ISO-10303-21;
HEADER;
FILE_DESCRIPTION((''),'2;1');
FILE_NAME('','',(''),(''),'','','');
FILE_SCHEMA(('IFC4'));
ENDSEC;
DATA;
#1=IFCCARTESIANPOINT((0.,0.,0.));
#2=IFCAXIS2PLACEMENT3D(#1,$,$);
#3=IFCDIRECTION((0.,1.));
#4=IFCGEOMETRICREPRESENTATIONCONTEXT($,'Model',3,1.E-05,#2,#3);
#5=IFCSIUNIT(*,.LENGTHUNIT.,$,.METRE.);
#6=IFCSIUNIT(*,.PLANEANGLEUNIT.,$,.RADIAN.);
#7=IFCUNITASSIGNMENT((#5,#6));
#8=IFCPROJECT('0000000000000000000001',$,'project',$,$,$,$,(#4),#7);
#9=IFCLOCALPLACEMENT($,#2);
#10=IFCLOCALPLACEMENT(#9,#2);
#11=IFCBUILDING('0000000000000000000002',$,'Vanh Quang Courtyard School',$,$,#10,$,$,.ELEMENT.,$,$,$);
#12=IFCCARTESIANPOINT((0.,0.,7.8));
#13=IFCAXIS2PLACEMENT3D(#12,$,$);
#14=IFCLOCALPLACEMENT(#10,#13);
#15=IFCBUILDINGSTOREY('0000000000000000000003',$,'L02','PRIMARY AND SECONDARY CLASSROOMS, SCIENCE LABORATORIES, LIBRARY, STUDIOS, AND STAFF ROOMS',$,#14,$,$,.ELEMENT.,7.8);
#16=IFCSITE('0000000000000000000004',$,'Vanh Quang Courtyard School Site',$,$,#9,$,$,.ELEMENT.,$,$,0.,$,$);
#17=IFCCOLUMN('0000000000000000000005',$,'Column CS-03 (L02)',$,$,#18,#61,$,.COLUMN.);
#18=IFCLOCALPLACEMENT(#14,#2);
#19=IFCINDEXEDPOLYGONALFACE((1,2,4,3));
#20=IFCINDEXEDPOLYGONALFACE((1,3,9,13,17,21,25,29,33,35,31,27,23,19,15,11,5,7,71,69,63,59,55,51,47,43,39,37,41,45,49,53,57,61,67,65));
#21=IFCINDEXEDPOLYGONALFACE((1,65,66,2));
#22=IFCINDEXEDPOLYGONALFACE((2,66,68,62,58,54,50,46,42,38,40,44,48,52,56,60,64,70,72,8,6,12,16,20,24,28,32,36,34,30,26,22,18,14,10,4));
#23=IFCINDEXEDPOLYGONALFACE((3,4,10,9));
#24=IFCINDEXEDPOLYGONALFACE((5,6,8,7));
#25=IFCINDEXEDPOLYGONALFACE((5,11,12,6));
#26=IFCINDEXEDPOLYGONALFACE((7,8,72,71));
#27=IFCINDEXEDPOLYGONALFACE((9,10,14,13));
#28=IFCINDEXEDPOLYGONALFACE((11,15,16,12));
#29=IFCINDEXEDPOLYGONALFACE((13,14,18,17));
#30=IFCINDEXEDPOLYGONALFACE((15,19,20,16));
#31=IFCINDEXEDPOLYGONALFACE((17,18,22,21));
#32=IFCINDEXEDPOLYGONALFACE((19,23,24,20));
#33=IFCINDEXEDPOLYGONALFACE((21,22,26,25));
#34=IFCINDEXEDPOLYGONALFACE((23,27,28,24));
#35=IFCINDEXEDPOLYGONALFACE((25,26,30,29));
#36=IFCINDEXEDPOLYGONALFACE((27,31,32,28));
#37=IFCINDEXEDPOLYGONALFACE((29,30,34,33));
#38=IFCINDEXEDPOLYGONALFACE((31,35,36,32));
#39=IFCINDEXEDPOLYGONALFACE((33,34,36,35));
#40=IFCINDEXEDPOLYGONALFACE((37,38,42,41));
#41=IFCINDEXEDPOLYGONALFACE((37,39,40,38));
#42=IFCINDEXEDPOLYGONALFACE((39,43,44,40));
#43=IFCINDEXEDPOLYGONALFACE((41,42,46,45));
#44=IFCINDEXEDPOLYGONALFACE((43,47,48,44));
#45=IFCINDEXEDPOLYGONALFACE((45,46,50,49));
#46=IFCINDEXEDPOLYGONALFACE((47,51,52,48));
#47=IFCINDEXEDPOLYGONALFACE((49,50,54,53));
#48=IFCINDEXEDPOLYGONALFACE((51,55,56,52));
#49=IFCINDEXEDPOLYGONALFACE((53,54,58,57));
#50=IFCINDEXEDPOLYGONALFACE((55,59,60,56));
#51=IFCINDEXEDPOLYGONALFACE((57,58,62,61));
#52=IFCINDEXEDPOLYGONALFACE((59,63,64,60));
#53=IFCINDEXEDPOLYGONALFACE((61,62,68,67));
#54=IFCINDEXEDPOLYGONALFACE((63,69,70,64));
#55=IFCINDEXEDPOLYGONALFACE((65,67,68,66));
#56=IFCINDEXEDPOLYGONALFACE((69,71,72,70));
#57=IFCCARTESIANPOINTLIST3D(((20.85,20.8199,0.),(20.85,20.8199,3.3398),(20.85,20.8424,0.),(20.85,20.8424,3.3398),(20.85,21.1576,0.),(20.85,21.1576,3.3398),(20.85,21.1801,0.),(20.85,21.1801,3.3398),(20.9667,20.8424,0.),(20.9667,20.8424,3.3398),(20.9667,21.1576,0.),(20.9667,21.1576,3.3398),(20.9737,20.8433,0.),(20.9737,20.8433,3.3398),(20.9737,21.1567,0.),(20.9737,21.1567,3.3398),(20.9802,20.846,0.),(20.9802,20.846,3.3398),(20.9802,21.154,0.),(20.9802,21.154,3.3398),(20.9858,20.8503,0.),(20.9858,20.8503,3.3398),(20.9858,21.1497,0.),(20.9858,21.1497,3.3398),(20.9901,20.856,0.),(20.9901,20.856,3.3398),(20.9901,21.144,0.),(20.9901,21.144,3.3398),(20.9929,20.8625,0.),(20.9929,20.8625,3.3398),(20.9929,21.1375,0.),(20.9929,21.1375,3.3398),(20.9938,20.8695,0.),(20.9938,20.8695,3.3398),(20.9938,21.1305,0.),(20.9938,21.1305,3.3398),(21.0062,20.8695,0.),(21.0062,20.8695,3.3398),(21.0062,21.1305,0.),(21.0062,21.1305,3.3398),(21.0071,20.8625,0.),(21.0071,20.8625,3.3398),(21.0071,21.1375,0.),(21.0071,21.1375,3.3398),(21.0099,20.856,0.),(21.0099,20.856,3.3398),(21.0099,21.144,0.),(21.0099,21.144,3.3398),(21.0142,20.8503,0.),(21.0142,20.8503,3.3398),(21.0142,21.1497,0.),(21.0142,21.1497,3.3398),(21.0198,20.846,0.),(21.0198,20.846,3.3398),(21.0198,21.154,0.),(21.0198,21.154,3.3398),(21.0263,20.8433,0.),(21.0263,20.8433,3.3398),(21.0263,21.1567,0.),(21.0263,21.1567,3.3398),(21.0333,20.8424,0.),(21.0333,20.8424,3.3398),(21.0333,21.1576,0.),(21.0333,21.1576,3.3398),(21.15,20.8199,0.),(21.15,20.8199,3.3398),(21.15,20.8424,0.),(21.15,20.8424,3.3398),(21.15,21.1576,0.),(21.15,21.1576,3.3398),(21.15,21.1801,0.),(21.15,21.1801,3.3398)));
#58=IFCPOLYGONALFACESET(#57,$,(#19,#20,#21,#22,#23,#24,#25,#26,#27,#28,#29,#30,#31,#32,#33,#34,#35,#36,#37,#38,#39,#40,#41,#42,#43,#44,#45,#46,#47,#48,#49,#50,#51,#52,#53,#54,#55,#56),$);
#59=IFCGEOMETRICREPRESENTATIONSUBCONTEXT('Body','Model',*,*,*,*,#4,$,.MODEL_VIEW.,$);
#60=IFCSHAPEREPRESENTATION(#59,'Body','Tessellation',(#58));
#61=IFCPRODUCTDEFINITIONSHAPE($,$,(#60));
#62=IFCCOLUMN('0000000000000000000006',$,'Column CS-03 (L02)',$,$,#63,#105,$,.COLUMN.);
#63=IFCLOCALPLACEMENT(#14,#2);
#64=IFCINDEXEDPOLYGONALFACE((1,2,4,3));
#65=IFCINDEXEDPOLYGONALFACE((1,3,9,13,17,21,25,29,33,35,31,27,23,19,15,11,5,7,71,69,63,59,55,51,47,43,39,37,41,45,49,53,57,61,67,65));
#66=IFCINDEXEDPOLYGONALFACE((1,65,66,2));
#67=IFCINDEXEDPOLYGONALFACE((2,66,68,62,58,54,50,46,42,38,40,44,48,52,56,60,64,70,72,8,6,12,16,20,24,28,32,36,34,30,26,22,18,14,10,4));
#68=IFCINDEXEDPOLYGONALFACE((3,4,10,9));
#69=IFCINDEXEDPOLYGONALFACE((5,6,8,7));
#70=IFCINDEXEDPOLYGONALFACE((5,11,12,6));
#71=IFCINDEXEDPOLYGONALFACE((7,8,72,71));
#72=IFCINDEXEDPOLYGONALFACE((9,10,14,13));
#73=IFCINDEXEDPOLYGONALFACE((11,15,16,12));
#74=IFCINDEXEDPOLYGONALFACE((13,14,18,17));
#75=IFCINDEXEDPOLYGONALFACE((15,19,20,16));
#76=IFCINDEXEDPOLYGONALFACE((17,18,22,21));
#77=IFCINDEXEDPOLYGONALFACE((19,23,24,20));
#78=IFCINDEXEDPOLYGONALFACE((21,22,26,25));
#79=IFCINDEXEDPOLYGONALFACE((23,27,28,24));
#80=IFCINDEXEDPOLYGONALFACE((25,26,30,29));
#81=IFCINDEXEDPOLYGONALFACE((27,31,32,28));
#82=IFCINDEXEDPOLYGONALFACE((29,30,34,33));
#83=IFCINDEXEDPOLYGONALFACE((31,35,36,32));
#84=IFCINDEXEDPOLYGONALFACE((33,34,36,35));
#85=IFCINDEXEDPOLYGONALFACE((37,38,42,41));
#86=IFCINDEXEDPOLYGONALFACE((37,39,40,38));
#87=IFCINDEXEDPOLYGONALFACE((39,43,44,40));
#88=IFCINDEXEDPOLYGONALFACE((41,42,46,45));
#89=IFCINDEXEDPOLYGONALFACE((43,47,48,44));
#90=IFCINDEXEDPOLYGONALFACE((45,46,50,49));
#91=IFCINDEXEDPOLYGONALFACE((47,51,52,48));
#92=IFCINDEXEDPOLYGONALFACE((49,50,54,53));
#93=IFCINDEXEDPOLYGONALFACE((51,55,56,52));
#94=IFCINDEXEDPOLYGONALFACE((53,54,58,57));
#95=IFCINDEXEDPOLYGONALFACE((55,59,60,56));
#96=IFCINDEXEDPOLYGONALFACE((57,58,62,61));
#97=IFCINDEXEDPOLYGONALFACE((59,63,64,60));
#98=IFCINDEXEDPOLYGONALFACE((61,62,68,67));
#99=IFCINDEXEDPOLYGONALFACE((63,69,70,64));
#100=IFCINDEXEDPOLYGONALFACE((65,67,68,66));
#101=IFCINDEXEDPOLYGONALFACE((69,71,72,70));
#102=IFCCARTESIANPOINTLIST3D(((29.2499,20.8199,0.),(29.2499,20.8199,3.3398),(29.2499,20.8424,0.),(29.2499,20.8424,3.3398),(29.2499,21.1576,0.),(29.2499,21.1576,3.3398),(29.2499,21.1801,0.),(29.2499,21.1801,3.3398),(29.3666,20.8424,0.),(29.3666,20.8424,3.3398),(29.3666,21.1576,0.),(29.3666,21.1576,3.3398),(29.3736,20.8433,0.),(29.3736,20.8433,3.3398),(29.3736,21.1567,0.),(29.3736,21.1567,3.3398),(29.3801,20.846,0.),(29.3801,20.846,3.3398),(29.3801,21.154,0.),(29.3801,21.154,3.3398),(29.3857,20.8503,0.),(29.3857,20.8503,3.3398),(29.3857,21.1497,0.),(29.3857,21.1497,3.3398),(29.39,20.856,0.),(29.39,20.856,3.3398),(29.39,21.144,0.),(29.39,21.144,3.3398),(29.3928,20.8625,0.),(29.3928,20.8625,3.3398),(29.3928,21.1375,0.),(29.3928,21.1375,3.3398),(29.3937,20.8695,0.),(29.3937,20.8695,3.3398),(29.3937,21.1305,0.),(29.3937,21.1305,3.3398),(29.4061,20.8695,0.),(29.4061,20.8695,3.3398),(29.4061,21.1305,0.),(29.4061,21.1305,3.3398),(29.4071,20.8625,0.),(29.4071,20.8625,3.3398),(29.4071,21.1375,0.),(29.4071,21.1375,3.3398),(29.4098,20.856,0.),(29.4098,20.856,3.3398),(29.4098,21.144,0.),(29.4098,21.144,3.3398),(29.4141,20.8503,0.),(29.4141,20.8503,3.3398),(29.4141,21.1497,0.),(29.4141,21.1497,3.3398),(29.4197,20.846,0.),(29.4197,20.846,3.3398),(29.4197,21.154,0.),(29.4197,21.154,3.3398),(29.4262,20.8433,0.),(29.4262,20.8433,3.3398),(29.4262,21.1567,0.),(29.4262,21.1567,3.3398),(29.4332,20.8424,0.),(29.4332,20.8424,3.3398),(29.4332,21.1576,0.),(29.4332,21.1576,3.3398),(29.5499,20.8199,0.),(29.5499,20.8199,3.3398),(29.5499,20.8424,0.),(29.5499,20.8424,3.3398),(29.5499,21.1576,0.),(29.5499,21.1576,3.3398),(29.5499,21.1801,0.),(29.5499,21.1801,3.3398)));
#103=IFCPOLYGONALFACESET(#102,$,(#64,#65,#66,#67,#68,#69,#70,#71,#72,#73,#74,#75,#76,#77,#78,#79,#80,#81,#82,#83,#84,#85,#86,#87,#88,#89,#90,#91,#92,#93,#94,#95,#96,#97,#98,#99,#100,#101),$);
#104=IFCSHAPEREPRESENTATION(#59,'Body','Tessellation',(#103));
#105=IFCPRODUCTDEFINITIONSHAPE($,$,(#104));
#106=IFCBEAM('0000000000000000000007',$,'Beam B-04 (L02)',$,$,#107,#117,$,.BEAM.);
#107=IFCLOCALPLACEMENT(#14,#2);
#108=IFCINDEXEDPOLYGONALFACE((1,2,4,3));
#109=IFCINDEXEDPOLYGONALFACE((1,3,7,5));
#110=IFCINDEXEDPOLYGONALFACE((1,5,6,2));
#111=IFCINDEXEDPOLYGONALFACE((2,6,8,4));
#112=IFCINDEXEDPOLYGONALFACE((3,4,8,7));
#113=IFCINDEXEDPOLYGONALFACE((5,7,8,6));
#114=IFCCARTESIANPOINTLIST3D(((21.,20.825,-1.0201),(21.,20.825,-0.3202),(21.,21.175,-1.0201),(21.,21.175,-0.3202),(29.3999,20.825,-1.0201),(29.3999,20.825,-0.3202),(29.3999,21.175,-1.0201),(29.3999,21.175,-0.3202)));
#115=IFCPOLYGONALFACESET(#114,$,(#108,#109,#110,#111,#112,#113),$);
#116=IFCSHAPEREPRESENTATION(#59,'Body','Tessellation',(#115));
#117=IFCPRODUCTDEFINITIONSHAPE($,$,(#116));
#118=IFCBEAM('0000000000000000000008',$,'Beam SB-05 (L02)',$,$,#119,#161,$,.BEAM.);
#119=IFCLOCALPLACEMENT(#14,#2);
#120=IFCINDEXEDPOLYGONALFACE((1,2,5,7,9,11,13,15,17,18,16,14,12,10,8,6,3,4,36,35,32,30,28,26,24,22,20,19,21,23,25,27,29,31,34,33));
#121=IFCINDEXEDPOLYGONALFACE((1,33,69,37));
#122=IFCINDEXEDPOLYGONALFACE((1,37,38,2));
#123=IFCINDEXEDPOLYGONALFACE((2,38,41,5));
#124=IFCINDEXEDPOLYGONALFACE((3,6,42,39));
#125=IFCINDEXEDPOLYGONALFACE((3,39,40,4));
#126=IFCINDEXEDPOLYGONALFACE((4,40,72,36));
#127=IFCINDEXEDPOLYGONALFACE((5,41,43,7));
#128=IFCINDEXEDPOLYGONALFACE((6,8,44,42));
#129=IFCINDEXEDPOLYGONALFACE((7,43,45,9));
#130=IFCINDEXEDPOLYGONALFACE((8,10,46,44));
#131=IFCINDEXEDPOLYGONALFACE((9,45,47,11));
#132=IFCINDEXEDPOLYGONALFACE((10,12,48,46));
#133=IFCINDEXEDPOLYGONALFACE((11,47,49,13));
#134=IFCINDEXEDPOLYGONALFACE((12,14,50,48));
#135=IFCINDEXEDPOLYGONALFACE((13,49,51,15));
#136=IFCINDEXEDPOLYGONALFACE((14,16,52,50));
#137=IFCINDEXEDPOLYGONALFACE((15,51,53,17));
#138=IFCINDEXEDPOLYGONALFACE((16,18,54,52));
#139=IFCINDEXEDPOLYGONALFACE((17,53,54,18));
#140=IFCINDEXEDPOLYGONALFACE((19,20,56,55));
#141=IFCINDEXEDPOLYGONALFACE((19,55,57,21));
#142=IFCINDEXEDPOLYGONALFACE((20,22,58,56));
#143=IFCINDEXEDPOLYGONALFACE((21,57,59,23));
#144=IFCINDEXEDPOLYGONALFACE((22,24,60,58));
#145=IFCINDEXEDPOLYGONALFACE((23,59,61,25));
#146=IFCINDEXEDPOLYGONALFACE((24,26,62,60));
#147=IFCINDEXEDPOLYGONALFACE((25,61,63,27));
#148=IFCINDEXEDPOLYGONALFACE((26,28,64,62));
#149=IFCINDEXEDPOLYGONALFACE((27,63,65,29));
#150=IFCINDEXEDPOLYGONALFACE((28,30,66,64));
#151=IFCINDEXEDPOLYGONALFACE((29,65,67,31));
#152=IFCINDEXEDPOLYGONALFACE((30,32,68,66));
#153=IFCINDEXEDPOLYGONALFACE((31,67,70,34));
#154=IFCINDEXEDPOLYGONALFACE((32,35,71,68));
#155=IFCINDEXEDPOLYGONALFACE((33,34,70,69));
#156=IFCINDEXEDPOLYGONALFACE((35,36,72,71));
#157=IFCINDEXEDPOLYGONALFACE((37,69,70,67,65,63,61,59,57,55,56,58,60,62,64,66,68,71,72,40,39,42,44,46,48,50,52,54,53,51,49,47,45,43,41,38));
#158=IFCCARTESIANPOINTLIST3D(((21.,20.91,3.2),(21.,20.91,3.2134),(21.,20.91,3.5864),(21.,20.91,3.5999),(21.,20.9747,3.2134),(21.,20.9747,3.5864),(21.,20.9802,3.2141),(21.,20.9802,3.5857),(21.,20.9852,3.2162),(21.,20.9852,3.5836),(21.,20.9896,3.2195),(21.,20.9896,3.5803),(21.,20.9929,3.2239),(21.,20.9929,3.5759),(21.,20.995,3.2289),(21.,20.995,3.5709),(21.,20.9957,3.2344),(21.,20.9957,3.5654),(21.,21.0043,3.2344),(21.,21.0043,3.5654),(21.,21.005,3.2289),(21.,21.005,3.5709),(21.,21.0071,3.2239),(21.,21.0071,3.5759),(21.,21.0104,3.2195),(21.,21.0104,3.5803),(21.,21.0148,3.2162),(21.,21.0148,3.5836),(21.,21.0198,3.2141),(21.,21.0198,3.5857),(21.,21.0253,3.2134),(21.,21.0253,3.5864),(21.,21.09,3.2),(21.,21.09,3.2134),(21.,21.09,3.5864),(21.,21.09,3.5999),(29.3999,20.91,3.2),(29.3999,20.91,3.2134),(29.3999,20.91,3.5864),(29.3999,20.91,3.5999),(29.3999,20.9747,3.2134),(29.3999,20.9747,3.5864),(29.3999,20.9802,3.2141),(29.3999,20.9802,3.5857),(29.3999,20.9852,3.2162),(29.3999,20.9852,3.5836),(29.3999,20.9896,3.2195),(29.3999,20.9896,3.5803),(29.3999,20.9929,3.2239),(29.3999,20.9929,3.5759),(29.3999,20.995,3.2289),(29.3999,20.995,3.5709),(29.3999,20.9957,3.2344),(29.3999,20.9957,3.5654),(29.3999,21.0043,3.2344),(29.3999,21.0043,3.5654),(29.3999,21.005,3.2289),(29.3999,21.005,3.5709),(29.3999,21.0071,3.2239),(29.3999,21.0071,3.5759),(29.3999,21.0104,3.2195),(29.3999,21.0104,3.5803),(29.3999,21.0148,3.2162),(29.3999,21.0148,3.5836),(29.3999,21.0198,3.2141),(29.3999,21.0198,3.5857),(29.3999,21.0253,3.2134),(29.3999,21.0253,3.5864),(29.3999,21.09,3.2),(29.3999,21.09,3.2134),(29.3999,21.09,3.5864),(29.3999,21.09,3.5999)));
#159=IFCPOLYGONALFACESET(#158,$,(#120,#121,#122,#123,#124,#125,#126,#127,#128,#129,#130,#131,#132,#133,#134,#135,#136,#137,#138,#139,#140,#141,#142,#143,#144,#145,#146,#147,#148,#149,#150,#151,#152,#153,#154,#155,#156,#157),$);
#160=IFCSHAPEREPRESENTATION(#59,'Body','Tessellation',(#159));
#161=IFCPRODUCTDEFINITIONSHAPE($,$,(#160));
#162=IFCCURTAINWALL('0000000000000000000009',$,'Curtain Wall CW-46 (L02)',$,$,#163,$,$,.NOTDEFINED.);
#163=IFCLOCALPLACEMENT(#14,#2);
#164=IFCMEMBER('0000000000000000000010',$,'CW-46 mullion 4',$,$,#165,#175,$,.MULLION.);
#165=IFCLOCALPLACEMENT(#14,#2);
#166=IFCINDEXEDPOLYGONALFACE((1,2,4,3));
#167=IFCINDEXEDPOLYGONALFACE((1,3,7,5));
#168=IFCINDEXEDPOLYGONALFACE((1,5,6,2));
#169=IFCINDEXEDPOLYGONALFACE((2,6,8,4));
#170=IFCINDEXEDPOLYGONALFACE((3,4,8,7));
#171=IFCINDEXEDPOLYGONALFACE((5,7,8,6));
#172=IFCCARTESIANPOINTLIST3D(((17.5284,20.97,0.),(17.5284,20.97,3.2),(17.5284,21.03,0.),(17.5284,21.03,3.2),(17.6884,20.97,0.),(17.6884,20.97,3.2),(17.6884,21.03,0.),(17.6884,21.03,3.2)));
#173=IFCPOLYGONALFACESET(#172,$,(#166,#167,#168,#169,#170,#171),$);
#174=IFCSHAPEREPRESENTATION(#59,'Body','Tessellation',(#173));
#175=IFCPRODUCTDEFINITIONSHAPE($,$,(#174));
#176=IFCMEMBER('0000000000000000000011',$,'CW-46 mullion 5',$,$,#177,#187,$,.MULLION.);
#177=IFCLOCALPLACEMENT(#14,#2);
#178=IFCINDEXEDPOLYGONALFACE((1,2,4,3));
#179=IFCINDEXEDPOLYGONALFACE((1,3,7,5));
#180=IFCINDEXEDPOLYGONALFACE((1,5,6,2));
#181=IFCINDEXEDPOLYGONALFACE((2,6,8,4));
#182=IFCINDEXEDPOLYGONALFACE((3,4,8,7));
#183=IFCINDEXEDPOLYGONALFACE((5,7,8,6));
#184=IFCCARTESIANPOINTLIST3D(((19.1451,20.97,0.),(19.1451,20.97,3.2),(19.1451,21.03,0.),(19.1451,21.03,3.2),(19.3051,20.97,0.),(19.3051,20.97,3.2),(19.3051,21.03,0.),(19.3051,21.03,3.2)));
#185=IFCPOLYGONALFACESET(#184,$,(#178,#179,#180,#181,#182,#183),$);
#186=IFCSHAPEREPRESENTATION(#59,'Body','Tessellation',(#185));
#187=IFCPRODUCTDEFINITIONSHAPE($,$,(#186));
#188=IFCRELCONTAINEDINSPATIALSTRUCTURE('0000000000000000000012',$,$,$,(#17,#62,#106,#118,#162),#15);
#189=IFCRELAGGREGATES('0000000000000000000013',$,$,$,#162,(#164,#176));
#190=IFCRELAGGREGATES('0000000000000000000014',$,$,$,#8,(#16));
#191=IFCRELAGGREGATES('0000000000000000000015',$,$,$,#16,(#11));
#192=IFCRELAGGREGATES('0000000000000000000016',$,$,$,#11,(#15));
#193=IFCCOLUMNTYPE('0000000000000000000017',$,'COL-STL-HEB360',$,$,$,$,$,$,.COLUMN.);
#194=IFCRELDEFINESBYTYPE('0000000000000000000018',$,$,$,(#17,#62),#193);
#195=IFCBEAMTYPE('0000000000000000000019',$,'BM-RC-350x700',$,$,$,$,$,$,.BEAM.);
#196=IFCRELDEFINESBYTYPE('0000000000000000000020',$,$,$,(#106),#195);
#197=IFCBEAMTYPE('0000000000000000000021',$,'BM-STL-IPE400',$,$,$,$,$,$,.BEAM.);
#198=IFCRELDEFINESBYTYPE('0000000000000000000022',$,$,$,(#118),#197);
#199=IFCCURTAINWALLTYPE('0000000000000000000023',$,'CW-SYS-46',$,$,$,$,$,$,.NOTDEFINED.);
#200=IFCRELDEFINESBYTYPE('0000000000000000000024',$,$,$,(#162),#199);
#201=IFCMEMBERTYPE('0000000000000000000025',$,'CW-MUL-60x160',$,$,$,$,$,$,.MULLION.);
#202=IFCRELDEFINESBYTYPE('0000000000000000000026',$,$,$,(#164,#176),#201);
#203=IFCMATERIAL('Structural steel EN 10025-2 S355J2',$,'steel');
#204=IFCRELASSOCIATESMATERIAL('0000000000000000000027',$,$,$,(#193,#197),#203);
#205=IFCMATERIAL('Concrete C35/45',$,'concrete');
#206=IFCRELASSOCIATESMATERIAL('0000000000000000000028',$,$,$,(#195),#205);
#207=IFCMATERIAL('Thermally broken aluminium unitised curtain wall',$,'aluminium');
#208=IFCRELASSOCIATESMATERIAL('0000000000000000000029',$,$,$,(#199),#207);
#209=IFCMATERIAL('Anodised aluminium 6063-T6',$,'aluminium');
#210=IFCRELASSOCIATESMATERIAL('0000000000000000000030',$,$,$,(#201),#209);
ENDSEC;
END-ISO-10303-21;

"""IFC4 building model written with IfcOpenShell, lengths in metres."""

from ifc_helpers import new_model, si_unit, direction, frame, origin, origin_2d, place, context, subcontext, project, spatial, rectangle, i_section, extrude, material, material_profile, profile_set, type_object, element, aggregate, save


model = new_model("IFC4")

# Units and contexts
model_context = context("Model", 3, precision=1e-05, world=origin(), true_north=direction((0.0, 1.0)))
body_context = subcontext(model_context, "Body", "Model", "MODEL_VIEW")
ifc_project = project(units=[si_unit("LENGTHUNIT", "METRE"), si_unit("PLANEANGLEUNIT", "RADIAN")], contexts=[model_context])

# Site, building, storey
site_placement = place(None, origin())
site = spatial("IfcSite", under=ifc_project, at=site_placement, Name="Vanh Quang Courtyard School Site", CompositionType="ELEMENT", RefElevation=0.0)
building_placement = place(site_placement, origin())
building = spatial("IfcBuilding", under=site, at=building_placement, Name="Vanh Quang Courtyard School", CompositionType="ELEMENT")
storey_placement = place(building_placement, frame((0.0, 0.0, 7.8)))
storey = spatial("IfcBuildingStorey", under=building, at=storey_placement, Name="L02", Description="PRIMARY AND SECONDARY CLASSROOMS, SCIENCE LABORATORIES, LIBRARY, STUDIOS, AND STAFF ROOMS", CompositionType="ELEMENT", Elevation=7.8)

# Columns
ifc_material_1 = material(Name="Structural steel EN 10025-2 S355J2", Category="steel")
ifc_material_profile_1 = material_profile(ifc_material_1, i_section(OverallWidth=0.3, OverallDepth=0.3601, WebThickness=0.0125, FlangeThickness=0.0225, FilletRadius=0.0271, at=origin_2d()), Name="HEB 360")
ifc_profile_set_1 = profile_set([ifc_material_profile_1], Name="Structural steel EN 10025-2 S355J2")
column_type = type_object("IfcColumnType", Name="COL-STL-HEB360", PredefinedType="COLUMN", material=ifc_profile_set_1)
for number, where, z_axis, x_axis, name in (
    (1, (21.0, 21.0, 0.0), (0.0, 0.0, 1.0), (1.0, 0.0, 0.0), "Column CS-03 (L02)"),
    (2, (29.3999, 21.0, 0.0), (0.0, 0.0, 1.0), (1.0, 0.0, 0.0), "Column CS-03 (L02)"),
):
    element("IfcColumn", number, at=place(storey_placement, frame(where, z_axis=z_axis, x_axis=x_axis)), inside=storey, type_object=column_type, Name=name, PredefinedType="COLUMN", context=body_context, shape_type="SweptSolid", body=[
        extrude(i_section(OverallWidth=0.3, OverallDepth=0.3601, WebThickness=0.0125, FlangeThickness=0.0225, FilletRadius=0.0271, at=origin_2d()), origin(), (0.0, 0.0, 1.0), 3.3398),
    ])

# Beams
ifc_material_2 = material(Name="Concrete C35/45", Category="concrete")
ifc_material_profile_2 = material_profile(ifc_material_2, rectangle(XDim=0.3501, YDim=0.7, at=origin_2d()), Name="RC-BM 350x700")
ifc_profile_set_2 = profile_set([ifc_material_profile_2], Name="Concrete C35/45")
beam_type_1 = type_object("IfcBeamType", Name="BM-RC-350x700", PredefinedType="BEAM", material=ifc_profile_set_2)
beam_1_placement = place(storey_placement, frame((21.0, 21.0, -0.6702), z_axis=(1.0, 0.0, 0.0), x_axis=(0.0, 1.0, 0.0)))
element("IfcBeam", 3, at=beam_1_placement, inside=storey, type_object=beam_type_1, Name="Beam B-04 (L02)", PredefinedType="BEAM", context=body_context, shape_type="SweptSolid", body=[
    extrude(rectangle(XDim=0.3501, YDim=0.7, at=origin_2d()), origin(), (0.0, 0.0, 1.0), 8.3999),
])
ifc_material_profile_3 = material_profile(ifc_material_1, i_section(OverallWidth=0.1799, OverallDepth=0.3999, WebThickness=0.0085, FlangeThickness=0.0134, FilletRadius=0.021, at=origin_2d()), Name="IPE 400")
ifc_profile_set_3 = profile_set([ifc_material_profile_3], Name="Structural steel EN 10025-2 S355J2")
beam_type_2 = type_object("IfcBeamType", Name="BM-STL-IPE400", PredefinedType="BEAM", material=ifc_profile_set_3)
beam_2_placement = place(storey_placement, frame((21.0, 21.0, 3.3999), z_axis=(1.0, 0.0, 0.0), x_axis=(0.0, 1.0, 0.0)))
element("IfcBeam", 4, at=beam_2_placement, inside=storey, type_object=beam_type_2, Name="Beam SB-05 (L02)", PredefinedType="BEAM", context=body_context, shape_type="SweptSolid", body=[
    extrude(i_section(OverallWidth=0.1799, OverallDepth=0.3999, WebThickness=0.0085, FlangeThickness=0.0134, FilletRadius=0.021, at=origin_2d()), origin(), (0.0, 0.0, 1.0), 8.3999),
])

# Curtain wall, members
ifc_material_3 = material(Name="Thermally broken aluminium unitised curtain wall", Category="aluminium")
curtain_wall_type = type_object("IfcCurtainWallType", Name="CW-SYS-46", PredefinedType="NOTDEFINED", material=ifc_material_3)
curtain_wall_placement = place(storey_placement, origin())
curtain_wall = element("IfcCurtainWall", 5, at=curtain_wall_placement, inside=storey, type_object=curtain_wall_type, Name="Curtain Wall CW-46 (L02)", PredefinedType="NOTDEFINED")
ifc_material_4 = material(Name="Anodised aluminium 6063-T6", Category="aluminium")
ifc_material_profile_4 = material_profile(ifc_material_4, rectangle(XDim=0.0601, YDim=0.1599, at=origin_2d()), Name="ALU-MUL 60x160")
ifc_profile_set_4 = profile_set([ifc_material_profile_4], Name="Anodised aluminium 6063-T6")
member_type_1 = type_object("IfcMemberType", Name="CW-MUL-60x160", PredefinedType="MULLION", material=ifc_profile_set_4)
member_1_placement = place(storey_placement, frame((17.6084, 21.0, 0.0), z_axis=(0.0, 0.0, 1.0), x_axis=(0.0, 1.0, 0.0)))
member_1 = element("IfcMember", 6, at=member_1_placement, type_object=member_type_1, Name="CW-46 mullion 4", PredefinedType="MULLION", context=body_context, shape_type="SweptSolid", body=[
    extrude(rectangle(XDim=0.0601, YDim=0.1599, at=origin_2d()), origin(), (0.0, 0.0, 1.0), 3.2),
])
member_2_placement = place(storey_placement, frame((19.2251, 21.0, 0.0), z_axis=(0.0, 0.0, 1.0), x_axis=(0.0, 1.0, 0.0)))
member_2 = element("IfcMember", 7, at=member_2_placement, type_object=member_type_1, Name="CW-46 mullion 5", PredefinedType="MULLION", context=body_context, shape_type="SweptSolid", body=[
    extrude(rectangle(XDim=0.0601, YDim=0.1599, at=origin_2d()), origin(), (0.0, 0.0, 1.0), 3.2),
])
aggregate(curtain_wall, [member_1, member_2])

save(model, "model.ifc")
